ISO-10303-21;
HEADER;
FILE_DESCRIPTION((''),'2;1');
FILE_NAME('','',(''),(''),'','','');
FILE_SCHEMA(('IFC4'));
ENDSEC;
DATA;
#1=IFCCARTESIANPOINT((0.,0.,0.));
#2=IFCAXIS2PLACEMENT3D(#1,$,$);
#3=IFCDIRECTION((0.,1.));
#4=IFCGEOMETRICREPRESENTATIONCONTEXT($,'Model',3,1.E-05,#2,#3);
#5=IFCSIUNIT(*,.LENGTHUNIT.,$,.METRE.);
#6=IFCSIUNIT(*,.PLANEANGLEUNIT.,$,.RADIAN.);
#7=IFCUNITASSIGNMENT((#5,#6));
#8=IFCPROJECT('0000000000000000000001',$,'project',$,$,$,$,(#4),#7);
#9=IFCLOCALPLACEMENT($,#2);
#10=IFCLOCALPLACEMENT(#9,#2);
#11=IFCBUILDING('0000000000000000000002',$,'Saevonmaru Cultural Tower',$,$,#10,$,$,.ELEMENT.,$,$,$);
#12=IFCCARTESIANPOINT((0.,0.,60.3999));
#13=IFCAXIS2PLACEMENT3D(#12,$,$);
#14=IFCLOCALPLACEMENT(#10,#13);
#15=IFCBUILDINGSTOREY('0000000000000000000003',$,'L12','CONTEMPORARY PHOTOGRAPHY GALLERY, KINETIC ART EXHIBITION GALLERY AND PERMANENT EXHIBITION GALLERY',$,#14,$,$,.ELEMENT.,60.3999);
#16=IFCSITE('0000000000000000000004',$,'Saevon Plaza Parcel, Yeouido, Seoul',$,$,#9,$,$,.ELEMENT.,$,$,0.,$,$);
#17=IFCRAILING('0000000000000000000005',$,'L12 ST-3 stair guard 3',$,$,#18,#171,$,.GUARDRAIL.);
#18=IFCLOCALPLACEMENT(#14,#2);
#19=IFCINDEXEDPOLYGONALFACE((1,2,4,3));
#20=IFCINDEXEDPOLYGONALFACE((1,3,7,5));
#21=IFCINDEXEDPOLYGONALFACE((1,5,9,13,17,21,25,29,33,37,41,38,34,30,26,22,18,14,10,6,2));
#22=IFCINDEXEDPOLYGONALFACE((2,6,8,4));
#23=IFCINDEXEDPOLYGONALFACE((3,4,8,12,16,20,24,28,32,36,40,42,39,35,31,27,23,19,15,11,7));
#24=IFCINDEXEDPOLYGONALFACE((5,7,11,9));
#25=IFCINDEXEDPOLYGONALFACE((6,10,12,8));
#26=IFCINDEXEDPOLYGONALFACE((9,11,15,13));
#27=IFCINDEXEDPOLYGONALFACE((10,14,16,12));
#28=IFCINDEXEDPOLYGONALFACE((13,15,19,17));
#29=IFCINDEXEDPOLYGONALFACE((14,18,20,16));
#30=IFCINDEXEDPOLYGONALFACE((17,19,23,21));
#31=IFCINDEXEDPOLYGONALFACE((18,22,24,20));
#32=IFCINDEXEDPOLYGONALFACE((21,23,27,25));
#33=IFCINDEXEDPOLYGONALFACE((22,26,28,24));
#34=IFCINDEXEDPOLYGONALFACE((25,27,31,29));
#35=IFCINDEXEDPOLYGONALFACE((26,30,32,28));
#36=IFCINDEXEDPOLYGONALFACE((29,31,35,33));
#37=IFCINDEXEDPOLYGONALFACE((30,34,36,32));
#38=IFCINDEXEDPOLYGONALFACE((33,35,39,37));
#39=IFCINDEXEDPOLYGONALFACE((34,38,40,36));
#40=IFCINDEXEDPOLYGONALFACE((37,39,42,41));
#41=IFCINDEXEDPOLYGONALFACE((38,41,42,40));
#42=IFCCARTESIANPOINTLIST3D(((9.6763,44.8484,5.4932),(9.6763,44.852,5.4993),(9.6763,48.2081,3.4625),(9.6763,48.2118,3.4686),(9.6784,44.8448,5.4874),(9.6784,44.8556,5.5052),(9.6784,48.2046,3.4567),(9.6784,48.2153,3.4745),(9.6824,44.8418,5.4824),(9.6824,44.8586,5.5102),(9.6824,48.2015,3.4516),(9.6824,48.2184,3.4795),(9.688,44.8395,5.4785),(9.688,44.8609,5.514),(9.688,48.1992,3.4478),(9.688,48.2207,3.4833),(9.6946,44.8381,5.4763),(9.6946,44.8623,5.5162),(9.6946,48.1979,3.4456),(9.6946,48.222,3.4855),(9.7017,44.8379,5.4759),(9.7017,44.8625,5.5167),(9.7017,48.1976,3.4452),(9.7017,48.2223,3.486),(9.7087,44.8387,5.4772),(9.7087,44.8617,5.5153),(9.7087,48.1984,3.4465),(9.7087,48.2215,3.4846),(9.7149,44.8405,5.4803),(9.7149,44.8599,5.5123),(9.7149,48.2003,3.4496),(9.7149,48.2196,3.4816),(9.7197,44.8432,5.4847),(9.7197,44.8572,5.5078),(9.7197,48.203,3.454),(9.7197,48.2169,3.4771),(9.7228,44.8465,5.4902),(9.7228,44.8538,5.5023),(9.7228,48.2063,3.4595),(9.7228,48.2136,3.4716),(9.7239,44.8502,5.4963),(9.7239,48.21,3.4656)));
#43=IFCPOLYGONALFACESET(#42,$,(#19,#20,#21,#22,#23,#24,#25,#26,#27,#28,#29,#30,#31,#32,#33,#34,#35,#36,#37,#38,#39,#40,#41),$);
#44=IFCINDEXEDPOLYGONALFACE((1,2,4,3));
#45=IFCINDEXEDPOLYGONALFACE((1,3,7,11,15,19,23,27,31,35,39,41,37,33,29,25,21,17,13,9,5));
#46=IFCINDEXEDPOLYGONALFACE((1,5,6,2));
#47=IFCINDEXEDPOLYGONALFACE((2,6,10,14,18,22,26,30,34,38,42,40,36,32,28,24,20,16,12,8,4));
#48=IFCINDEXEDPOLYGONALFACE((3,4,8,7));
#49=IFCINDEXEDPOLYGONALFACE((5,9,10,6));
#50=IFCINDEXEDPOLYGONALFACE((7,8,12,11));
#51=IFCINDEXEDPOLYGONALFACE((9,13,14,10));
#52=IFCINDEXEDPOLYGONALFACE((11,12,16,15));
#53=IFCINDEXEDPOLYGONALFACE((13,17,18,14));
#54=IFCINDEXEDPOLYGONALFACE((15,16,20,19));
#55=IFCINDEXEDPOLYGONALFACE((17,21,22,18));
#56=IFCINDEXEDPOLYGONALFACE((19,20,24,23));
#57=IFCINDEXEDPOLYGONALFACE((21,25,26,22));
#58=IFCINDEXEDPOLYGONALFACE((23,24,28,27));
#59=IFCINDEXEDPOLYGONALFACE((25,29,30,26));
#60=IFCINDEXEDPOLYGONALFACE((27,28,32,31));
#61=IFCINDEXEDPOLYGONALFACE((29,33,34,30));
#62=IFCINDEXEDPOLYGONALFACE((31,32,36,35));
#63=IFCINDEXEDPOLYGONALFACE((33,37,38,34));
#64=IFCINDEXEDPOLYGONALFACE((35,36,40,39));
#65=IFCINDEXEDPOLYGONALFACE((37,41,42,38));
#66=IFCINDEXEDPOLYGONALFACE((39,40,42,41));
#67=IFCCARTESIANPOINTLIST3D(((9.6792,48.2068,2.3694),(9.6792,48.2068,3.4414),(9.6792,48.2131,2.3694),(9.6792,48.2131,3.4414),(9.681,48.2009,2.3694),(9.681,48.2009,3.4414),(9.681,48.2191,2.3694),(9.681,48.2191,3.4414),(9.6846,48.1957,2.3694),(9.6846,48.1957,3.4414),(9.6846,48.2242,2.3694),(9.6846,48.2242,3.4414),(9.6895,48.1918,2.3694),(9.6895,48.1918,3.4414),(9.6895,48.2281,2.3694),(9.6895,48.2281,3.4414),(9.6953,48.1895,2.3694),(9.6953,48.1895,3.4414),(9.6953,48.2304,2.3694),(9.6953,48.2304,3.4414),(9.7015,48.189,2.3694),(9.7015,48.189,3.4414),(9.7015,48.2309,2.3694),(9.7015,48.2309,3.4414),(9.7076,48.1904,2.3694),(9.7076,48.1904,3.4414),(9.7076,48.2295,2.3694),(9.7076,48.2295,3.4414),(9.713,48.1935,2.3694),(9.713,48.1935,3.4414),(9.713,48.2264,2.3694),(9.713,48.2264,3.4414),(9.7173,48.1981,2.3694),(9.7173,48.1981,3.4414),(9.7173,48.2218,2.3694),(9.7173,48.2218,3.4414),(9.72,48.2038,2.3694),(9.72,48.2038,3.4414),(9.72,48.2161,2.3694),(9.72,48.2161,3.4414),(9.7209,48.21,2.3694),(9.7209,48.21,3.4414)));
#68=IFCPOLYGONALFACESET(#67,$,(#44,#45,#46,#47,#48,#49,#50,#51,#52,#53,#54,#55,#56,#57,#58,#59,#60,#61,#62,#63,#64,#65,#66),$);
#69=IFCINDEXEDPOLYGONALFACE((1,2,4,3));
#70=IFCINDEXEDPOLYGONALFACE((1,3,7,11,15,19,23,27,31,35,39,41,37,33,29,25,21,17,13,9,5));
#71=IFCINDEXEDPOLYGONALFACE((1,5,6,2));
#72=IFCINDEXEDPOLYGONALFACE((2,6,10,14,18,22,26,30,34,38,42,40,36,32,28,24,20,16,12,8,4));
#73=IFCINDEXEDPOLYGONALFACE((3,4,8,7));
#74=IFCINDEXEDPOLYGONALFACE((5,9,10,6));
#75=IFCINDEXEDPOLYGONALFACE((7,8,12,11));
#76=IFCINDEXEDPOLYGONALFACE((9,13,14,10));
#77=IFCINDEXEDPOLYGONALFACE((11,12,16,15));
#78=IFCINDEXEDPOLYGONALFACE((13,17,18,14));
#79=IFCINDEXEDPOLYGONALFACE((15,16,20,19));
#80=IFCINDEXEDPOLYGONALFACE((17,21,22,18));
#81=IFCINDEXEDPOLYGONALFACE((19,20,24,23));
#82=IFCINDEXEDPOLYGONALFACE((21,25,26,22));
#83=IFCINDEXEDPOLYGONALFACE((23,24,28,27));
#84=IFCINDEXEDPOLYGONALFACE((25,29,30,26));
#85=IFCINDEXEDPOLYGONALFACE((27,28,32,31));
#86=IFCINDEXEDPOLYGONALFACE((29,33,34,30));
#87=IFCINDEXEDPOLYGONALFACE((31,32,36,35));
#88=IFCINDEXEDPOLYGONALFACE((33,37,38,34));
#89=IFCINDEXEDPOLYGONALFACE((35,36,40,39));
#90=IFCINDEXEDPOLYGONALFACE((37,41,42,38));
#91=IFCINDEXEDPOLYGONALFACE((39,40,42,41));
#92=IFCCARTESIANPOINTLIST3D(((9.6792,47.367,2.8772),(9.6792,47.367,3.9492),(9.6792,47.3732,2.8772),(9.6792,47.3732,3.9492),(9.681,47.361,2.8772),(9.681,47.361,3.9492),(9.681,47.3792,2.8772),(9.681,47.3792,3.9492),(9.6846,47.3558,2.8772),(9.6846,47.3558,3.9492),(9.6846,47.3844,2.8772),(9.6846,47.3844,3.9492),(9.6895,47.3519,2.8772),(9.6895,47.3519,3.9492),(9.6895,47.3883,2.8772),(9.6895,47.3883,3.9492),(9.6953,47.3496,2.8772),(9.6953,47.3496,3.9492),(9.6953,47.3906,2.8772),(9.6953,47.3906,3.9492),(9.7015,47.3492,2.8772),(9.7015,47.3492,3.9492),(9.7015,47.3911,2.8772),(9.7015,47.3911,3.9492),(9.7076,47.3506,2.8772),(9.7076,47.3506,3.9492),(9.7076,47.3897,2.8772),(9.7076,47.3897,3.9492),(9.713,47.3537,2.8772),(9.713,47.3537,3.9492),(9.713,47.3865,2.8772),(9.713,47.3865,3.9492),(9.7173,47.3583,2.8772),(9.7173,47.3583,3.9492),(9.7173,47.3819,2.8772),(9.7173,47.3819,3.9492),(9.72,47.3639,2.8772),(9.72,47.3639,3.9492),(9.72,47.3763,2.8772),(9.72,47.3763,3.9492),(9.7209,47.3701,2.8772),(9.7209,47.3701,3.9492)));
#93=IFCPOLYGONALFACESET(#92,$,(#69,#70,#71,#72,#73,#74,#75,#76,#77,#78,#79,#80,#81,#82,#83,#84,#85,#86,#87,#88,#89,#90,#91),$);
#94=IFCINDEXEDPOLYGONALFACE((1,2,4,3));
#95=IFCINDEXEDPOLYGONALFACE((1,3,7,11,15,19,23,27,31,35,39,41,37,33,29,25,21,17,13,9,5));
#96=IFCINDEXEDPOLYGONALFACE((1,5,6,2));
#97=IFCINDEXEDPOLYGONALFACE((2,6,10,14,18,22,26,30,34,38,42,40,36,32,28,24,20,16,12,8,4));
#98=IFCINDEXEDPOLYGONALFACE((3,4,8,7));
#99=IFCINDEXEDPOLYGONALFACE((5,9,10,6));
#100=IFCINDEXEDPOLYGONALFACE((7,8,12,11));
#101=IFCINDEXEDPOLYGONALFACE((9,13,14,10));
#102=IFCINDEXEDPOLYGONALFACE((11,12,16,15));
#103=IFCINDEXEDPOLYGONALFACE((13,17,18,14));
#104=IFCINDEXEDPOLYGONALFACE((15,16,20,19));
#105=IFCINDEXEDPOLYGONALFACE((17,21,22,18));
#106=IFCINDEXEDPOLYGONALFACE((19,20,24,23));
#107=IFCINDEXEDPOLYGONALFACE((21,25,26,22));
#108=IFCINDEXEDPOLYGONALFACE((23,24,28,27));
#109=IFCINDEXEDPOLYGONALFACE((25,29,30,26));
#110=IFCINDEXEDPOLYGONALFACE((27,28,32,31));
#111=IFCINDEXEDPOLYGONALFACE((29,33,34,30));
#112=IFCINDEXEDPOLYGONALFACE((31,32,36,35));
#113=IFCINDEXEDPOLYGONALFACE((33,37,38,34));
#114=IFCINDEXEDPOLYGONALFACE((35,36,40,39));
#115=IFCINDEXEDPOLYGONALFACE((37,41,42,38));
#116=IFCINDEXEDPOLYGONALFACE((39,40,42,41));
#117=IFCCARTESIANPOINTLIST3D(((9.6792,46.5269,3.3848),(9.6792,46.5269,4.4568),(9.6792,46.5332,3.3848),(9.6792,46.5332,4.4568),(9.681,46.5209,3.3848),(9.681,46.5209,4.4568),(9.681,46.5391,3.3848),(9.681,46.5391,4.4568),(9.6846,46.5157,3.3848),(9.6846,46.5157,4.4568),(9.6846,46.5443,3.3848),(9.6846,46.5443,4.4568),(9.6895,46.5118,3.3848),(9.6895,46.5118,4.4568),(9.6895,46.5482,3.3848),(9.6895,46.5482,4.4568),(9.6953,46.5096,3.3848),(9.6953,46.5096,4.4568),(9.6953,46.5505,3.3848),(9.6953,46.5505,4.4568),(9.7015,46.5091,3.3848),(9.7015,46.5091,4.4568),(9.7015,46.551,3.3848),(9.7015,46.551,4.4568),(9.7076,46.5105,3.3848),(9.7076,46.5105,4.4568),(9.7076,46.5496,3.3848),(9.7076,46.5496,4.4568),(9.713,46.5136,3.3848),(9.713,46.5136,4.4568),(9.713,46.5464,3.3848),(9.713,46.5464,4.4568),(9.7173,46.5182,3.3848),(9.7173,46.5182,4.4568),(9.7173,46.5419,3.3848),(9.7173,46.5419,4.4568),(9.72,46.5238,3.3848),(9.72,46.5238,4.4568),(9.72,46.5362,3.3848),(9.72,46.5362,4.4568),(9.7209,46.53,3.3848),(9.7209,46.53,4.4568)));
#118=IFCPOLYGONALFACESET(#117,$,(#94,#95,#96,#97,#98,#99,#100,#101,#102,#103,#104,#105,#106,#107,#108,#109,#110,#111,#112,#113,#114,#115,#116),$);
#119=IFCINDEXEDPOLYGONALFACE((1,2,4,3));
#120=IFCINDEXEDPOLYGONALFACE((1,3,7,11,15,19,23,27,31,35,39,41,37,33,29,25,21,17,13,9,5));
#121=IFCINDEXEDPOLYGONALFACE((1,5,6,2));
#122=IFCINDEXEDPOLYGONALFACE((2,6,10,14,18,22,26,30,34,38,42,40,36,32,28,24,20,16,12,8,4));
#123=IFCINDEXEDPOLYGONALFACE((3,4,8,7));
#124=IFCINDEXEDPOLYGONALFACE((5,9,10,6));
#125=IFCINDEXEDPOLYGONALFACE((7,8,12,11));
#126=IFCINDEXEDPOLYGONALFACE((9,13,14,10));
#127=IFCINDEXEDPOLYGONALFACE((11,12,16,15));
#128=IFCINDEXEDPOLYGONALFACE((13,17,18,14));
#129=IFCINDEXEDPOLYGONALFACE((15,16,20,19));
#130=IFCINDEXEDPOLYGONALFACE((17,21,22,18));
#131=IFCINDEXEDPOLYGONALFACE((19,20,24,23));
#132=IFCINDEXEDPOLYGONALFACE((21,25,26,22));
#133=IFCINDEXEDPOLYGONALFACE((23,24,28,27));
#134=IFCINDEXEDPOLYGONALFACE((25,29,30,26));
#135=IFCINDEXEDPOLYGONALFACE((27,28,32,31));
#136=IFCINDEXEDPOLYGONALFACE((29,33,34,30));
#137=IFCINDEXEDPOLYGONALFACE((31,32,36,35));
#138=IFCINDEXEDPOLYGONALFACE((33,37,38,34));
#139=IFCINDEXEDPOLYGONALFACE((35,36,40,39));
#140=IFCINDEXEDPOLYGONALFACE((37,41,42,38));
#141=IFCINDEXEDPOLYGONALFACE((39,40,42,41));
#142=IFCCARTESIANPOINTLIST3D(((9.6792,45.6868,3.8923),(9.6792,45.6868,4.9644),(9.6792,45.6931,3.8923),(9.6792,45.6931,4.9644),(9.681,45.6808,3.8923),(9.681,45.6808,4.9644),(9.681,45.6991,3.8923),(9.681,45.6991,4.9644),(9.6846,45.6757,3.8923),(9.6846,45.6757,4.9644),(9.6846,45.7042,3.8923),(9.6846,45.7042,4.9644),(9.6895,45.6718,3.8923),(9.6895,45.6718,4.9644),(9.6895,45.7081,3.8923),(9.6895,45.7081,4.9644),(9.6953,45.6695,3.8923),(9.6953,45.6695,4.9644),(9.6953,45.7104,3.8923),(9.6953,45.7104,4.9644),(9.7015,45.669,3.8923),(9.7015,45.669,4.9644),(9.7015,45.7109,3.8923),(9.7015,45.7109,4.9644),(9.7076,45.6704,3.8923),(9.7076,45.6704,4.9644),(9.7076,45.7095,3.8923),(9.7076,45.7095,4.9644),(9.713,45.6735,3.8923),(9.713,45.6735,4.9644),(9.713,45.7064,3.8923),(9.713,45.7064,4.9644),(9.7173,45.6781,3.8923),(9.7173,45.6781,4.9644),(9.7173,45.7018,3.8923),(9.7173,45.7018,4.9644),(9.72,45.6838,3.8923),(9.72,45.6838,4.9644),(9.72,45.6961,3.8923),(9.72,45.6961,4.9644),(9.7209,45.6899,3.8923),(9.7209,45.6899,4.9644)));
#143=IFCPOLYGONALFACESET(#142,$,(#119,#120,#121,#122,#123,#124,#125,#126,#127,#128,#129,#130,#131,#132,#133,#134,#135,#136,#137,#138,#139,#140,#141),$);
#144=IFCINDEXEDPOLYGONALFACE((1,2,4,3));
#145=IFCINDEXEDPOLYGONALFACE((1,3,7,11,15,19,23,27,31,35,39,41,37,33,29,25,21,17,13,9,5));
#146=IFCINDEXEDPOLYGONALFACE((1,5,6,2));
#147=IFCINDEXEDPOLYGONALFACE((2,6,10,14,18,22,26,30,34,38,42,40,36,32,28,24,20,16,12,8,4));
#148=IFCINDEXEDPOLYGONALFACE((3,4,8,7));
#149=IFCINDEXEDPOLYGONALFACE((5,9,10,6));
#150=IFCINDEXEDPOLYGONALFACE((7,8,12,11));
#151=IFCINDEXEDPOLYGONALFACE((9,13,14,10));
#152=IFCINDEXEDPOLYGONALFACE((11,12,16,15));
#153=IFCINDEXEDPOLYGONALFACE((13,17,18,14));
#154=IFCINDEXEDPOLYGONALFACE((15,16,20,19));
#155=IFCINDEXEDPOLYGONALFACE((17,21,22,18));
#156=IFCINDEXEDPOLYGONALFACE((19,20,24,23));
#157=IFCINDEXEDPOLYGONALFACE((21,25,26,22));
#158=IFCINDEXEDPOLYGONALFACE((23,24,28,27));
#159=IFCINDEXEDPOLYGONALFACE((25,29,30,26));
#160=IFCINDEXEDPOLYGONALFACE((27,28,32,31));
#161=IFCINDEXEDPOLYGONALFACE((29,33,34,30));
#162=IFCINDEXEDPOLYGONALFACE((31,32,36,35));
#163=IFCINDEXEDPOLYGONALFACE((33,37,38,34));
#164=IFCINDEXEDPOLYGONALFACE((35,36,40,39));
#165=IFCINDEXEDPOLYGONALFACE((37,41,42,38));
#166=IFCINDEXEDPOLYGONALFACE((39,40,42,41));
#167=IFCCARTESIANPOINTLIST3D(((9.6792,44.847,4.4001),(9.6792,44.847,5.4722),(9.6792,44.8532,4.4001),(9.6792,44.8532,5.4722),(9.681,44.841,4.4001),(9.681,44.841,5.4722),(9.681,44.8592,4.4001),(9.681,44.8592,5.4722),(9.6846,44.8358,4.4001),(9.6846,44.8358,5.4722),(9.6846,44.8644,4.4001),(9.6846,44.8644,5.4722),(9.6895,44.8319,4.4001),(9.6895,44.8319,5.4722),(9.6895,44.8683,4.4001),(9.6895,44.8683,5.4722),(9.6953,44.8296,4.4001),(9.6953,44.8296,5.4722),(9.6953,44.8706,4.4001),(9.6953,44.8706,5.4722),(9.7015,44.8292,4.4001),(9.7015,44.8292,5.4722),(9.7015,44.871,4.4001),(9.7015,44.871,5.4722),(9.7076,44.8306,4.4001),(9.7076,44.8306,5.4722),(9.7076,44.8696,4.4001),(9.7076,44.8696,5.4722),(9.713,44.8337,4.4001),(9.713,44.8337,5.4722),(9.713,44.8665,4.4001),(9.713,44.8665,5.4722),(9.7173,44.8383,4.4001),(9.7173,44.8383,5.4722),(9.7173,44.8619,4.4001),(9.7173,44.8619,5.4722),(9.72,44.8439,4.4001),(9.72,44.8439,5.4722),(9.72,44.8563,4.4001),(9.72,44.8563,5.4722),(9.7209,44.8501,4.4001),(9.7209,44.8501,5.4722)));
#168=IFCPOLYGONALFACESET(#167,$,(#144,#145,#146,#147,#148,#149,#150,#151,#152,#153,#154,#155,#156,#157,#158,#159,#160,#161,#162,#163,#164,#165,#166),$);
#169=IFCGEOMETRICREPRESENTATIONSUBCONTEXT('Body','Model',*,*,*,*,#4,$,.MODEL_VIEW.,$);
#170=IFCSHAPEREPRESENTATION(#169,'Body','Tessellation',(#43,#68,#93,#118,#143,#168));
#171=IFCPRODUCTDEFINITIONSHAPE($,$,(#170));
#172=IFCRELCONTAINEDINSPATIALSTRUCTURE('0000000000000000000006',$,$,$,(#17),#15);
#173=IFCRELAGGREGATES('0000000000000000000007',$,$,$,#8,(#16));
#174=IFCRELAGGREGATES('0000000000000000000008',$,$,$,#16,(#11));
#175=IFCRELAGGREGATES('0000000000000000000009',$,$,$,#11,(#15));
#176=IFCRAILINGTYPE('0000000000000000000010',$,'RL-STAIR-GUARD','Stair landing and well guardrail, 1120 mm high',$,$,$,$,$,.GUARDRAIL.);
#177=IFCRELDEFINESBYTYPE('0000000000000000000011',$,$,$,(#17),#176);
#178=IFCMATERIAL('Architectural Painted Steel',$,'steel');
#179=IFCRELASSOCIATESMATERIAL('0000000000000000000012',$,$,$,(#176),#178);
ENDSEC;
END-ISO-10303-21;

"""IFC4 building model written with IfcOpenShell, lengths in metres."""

from ifc_helpers import new_model, si_unit, direction, frame, origin, origin_2d, place, context, subcontext, project, spatial, circle, extrude, material, type_object, element, save


model = new_model("IFC4")

# Units and contexts
model_context = context("Model", 3, precision=1e-05, world=origin(), true_north=direction((0.0, 1.0)))
body_context = subcontext(model_context, "Body", "Model", "MODEL_VIEW")
ifc_project = project(units=[si_unit("LENGTHUNIT", "METRE"), si_unit("PLANEANGLEUNIT", "RADIAN")], contexts=[model_context])

# Site, building, storey
site_placement = place(None, origin())
site = spatial("IfcSite", under=ifc_project, at=site_placement, Name="Saevon Plaza Parcel, Yeouido, Seoul", CompositionType="ELEMENT", RefElevation=0.0)
building_placement = place(site_placement, origin())
building = spatial("IfcBuilding", under=site, at=building_placement, Name="Saevonmaru Cultural Tower", CompositionType="ELEMENT")
storey_placement = place(building_placement, frame((0.0, 0.0, 60.3999)))
storey = spatial("IfcBuildingStorey", under=building, at=storey_placement, Name="L12", Description="CONTEMPORARY PHOTOGRAPHY GALLERY, KINETIC ART EXHIBITION GALLERY AND PERMANENT EXHIBITION GALLERY", CompositionType="ELEMENT", Elevation=60.3999)

# Railing
ifc_material_1 = material(Name="Architectural Painted Steel", Category="steel")
railing_type_1 = type_object("IfcRailingType", Name="RL-STAIR-GUARD", Description="Stair landing and well guardrail, 1120 mm high", PredefinedType="GUARDRAIL", material=ifc_material_1)
railing_1_placement = place(storey_placement, frame((9.7, 48.21, 2.3694)))
element("IfcRailing", 1, at=railing_1_placement, inside=storey, type_object=railing_type_1, Name="L12 ST-3 stair guard 3", PredefinedType="GUARDRAIL", context=body_context, shape_type="SweptSolid", body=[
    extrude(circle(Radius=0.0239, at=origin_2d()), frame((0.0, 0.0, 1.0962), z_axis=(0.0, -0.85582, 0.517273), x_axis=(1.0, 0.0, 0.0)), (0.0, 0.0, 1.0), 3.9258),
    extrude(circle(Radius=0.021, at=origin_2d()), origin(), (0.0, 0.0, 1.0), 1.072),
    extrude(circle(Radius=0.021, at=origin_2d()), frame((0.0, -0.8398, 0.5078)), (0.0, 0.0, 1.0), 1.072),
    extrude(circle(Radius=0.021, at=origin_2d()), frame((0.0, -1.6799, 1.0154)), (0.0, 0.0, 1.0), 1.072),
    extrude(circle(Radius=0.021, at=origin_2d()), frame((0.0, -2.52, 1.5229)), (0.0, 0.0, 1.0), 1.072),
    extrude(circle(Radius=0.021, at=origin_2d()), frame((0.0, -3.3599, 2.0308)), (0.0, 0.0, 1.0), 1.072),
])

save(model, "model.ifc")
